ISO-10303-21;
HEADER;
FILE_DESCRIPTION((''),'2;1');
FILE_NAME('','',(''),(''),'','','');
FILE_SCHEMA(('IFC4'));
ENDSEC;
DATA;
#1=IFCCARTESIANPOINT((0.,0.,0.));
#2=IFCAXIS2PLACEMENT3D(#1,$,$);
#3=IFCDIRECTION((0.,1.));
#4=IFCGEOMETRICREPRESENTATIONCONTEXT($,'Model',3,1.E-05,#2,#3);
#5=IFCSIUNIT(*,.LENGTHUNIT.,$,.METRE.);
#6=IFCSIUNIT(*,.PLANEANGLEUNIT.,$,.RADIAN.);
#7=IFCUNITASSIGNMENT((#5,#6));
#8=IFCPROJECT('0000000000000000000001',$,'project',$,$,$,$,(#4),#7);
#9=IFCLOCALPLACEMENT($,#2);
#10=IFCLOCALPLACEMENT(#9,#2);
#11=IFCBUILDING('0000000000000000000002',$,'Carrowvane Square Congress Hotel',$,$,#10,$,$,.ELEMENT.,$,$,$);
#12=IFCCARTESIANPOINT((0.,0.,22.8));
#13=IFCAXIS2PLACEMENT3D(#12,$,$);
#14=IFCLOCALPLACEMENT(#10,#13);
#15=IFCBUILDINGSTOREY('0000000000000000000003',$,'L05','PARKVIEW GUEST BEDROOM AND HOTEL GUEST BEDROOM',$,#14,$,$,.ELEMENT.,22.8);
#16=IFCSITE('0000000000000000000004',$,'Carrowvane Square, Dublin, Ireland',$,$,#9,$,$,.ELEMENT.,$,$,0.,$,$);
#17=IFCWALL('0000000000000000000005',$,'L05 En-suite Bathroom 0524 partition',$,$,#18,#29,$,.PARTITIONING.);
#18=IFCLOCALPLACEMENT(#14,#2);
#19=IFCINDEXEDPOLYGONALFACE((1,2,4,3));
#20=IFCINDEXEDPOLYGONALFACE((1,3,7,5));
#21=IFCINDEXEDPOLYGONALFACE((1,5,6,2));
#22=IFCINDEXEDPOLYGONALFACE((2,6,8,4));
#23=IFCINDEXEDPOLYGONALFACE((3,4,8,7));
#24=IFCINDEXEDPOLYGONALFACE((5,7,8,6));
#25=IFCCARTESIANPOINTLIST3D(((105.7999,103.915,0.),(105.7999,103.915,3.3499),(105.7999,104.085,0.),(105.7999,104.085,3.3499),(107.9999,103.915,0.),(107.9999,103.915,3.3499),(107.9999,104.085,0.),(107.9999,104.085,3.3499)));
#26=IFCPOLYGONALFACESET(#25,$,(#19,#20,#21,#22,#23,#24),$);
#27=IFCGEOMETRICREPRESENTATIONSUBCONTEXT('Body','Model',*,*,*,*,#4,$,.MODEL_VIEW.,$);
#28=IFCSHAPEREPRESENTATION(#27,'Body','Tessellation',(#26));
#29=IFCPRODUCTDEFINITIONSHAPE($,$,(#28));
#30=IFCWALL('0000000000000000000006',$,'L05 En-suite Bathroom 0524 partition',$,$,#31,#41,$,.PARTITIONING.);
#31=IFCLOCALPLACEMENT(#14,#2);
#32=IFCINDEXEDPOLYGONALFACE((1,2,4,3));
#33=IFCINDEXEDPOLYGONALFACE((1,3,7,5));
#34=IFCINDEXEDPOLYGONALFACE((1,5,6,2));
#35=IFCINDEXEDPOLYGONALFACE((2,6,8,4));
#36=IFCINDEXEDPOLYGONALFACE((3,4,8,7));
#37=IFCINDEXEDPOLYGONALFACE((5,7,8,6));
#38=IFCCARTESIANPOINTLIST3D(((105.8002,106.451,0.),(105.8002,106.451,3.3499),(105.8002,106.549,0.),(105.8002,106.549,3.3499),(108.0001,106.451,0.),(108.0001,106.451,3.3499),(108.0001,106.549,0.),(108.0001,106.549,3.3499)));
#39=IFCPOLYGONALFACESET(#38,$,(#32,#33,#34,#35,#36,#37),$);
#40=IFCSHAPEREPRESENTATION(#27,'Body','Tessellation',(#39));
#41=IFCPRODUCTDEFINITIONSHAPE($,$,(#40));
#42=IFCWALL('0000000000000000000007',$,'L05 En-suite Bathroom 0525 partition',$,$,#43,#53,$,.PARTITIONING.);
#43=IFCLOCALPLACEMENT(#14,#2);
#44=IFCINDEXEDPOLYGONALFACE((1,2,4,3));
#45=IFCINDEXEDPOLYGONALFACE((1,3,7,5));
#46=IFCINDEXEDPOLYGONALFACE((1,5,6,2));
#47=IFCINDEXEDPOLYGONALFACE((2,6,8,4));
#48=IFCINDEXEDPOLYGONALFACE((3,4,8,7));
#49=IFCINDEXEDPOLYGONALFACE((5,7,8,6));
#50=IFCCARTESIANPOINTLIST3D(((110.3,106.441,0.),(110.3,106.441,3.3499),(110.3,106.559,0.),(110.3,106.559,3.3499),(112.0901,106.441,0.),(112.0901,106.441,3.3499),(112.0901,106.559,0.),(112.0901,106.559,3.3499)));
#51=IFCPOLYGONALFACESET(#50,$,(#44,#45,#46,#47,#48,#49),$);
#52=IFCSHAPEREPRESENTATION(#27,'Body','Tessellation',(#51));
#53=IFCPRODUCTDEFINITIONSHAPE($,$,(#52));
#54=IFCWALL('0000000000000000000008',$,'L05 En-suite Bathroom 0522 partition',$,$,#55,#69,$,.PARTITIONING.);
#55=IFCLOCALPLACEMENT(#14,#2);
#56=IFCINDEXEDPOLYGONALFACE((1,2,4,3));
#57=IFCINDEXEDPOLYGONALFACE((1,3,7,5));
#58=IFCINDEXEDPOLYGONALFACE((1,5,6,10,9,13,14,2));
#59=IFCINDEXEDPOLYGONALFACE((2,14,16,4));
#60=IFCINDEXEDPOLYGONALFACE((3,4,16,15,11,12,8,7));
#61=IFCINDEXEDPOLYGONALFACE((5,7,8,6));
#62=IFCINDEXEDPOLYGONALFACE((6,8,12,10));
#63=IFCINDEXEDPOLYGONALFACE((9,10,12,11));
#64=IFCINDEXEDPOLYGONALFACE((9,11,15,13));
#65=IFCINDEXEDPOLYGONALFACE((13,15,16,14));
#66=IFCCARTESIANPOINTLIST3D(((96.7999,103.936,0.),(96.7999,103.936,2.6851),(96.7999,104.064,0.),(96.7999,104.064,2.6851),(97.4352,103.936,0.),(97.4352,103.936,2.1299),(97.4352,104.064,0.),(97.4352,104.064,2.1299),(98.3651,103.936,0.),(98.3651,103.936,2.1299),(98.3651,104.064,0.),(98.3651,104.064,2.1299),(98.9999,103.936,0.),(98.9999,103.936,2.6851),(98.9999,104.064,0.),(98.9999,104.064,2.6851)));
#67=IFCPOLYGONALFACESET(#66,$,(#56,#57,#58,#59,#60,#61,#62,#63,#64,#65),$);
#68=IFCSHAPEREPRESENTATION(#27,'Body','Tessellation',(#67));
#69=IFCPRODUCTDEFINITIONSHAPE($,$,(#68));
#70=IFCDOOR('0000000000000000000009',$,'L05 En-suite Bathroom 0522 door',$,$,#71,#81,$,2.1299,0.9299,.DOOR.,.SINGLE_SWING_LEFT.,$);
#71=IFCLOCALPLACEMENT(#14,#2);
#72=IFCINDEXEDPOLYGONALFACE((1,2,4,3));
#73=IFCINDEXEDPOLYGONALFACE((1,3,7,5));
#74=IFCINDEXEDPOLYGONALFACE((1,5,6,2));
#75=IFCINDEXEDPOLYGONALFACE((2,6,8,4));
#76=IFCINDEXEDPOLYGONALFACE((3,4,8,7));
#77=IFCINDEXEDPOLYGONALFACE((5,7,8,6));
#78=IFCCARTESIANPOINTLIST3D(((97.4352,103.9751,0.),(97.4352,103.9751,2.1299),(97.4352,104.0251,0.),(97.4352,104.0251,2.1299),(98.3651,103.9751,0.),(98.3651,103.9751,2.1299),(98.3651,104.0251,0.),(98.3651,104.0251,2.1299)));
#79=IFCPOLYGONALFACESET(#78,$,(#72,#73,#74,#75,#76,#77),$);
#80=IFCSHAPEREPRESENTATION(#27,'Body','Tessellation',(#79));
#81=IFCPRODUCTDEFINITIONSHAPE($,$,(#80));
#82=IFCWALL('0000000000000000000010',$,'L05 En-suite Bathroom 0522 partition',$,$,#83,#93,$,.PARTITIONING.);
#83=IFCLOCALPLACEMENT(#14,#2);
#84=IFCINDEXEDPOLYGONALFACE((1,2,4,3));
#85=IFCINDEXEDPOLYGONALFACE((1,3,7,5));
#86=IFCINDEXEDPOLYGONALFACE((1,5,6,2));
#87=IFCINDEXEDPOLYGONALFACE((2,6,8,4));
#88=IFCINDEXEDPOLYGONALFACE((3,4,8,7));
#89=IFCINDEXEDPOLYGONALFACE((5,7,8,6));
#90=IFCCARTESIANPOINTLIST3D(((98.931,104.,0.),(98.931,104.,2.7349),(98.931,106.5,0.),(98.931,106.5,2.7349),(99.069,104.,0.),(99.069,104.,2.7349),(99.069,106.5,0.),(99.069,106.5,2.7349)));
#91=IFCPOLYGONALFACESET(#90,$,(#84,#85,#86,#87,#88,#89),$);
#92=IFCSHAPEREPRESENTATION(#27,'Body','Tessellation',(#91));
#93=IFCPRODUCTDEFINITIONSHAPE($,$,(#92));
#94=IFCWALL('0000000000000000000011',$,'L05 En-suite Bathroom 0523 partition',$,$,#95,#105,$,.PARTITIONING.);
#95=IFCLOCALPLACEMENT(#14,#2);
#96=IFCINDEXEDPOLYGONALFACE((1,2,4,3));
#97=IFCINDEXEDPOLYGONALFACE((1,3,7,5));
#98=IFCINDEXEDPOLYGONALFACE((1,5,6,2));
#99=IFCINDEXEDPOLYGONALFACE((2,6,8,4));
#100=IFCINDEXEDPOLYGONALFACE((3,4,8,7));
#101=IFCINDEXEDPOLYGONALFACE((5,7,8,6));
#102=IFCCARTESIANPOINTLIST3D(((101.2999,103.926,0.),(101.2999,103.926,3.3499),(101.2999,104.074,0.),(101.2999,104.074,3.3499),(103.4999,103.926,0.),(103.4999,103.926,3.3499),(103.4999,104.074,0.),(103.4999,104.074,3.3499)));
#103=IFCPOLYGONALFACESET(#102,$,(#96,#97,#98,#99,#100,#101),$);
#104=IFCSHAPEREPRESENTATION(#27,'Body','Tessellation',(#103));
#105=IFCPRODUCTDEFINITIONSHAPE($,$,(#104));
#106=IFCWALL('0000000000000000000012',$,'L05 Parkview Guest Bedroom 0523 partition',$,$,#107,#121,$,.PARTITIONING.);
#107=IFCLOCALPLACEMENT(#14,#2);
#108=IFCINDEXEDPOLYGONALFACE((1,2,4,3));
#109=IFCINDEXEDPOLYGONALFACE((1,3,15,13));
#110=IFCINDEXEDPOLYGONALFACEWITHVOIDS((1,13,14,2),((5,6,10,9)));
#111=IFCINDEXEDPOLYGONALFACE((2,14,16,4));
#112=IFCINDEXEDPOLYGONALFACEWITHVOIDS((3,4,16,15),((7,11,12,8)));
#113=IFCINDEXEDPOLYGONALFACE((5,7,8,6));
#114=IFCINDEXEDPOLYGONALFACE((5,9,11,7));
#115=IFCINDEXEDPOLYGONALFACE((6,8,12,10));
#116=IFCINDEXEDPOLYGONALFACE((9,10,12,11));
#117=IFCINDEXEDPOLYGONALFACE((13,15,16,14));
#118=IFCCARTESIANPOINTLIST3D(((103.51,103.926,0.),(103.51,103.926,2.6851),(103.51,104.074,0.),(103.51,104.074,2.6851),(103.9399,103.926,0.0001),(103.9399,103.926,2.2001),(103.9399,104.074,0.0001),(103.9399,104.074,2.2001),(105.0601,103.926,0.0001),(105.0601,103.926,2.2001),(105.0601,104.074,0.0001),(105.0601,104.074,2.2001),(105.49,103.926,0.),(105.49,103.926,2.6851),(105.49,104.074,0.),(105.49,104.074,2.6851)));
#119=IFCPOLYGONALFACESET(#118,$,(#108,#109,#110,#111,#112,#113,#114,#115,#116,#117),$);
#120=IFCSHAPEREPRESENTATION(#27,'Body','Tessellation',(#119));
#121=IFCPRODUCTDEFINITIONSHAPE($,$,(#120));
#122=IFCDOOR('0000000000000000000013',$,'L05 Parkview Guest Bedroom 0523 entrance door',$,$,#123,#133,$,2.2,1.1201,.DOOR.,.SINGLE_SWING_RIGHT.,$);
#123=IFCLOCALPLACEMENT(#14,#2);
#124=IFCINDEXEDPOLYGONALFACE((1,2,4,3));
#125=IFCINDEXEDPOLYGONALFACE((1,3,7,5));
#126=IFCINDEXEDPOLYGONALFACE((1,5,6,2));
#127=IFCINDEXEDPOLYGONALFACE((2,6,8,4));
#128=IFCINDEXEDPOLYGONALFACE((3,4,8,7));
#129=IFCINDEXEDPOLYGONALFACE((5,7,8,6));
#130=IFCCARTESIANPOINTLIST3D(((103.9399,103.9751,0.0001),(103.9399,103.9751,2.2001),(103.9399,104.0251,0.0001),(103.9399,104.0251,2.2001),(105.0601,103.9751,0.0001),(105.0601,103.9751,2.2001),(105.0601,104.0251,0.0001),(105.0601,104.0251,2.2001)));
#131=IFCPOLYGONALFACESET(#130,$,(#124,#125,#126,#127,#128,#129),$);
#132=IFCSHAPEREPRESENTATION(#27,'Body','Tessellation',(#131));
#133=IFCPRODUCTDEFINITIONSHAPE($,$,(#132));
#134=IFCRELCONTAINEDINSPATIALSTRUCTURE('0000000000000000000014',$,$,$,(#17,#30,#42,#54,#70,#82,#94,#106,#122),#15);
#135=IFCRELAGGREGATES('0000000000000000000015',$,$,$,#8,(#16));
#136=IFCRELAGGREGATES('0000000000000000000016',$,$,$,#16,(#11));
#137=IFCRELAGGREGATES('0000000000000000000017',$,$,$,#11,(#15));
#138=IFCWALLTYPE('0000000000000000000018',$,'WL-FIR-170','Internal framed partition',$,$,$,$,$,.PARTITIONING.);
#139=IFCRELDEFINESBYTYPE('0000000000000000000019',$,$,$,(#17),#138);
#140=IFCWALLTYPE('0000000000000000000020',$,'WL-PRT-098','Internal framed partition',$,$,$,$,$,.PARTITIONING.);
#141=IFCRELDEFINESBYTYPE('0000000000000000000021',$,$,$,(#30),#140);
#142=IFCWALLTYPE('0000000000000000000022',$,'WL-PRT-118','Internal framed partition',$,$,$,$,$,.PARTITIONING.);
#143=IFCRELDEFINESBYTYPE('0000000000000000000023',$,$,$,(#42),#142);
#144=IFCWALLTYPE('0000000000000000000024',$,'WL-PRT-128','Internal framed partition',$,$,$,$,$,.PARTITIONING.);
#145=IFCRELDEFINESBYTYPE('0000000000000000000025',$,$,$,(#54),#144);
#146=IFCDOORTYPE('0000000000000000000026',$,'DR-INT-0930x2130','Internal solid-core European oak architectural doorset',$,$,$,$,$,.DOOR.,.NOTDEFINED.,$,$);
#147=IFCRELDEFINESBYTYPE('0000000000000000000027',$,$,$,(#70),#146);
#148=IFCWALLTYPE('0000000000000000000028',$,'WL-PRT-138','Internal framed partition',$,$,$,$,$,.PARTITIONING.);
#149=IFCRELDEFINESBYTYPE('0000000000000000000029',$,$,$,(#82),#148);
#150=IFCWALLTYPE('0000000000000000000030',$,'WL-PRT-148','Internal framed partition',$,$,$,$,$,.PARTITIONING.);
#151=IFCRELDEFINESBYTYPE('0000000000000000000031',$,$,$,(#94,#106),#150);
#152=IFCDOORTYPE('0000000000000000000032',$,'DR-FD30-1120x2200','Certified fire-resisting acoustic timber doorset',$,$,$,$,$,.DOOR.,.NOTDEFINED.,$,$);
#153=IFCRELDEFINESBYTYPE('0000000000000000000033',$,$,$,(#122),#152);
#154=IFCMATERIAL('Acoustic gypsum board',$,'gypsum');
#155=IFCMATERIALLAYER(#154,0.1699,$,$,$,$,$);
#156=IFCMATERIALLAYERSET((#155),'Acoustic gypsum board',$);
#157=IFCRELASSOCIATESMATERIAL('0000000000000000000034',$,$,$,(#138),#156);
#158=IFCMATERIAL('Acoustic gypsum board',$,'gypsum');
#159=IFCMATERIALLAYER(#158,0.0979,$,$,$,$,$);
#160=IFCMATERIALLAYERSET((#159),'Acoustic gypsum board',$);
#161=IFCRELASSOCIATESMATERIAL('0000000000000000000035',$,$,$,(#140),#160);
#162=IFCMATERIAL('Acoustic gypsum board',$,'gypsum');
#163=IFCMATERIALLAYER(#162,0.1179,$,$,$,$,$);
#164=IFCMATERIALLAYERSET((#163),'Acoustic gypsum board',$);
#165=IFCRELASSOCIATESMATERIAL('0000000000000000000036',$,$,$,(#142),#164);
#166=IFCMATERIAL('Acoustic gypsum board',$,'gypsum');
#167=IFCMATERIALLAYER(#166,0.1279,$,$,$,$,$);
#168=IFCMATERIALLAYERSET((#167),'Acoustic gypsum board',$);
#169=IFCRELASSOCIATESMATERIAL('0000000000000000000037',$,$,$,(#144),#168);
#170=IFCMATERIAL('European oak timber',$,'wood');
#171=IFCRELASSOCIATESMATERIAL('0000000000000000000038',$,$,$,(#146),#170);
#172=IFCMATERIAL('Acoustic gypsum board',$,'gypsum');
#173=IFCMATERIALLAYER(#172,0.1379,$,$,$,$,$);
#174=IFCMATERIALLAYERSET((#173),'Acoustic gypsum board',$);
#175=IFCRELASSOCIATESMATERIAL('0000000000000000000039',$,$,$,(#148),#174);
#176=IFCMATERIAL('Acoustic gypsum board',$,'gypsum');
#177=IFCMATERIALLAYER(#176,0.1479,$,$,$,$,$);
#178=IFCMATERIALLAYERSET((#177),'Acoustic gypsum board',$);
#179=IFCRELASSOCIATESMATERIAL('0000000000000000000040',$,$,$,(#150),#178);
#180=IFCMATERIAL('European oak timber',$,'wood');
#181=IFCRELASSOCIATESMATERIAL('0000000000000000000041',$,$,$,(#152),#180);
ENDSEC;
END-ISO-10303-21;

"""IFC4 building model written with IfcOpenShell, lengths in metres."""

from ifc_helpers import new_model, si_unit, direction, frame, frame_2d, origin, place, context, subcontext, project, spatial, rectangle, extrude, material, layer, layer_set, type_object, element, fill, save


model = new_model("IFC4")

# Units and contexts
model_context = context("Model", 3, precision=1e-05, world=origin(), true_north=direction((0.0, 1.0)))
body_context = subcontext(model_context, "Body", "Model", "MODEL_VIEW")
ifc_project = project(units=[si_unit("LENGTHUNIT", "METRE"), si_unit("PLANEANGLEUNIT", "RADIAN")], contexts=[model_context])

# Site, building, storey
site_placement = place(None, origin())
site = spatial("IfcSite", under=ifc_project, at=site_placement, Name="Carrowvane Square, Dublin, Ireland", CompositionType="ELEMENT", RefElevation=0.0)
building_placement = place(site_placement, origin())
building = spatial("IfcBuilding", under=site, at=building_placement, Name="Carrowvane Square Congress Hotel", CompositionType="ELEMENT")
storey_placement = place(building_placement, frame((0.0, 0.0, 22.8)))
storey = spatial("IfcBuildingStorey", under=building, at=storey_placement, Name="L05", Description="PARKVIEW GUEST BEDROOM AND HOTEL GUEST BEDROOM", CompositionType="ELEMENT", Elevation=22.8)

# Shared definitions
ifc_material_1 = material(Name="Acoustic gypsum board", Category="gypsum")
ifc_layer_1 = layer(ifc_material_1, 0.1699)
ifc_layer_set_1 = layer_set([ifc_layer_1], Name="Acoustic gypsum board")
wall_type_1 = type_object("IfcWallType", Name="WL-FIR-170", Description="Internal framed partition", PredefinedType="PARTITIONING", material=ifc_layer_set_1)

# Wall
wall_1_placement = place(storey_placement, frame((108.0, 104.0, 0.0), z_axis=(0.0, 0.0, 1.0), x_axis=(-1.0, 0.0, 0.0)))
element("IfcWall", 1, at=wall_1_placement, inside=storey, type_object=wall_type_1, Name="L05 En-suite Bathroom 0524 partition", PredefinedType="PARTITIONING", context=body_context, shape_type="SweptSolid", body=[
    extrude(rectangle(XDim=2.2, YDim=0.1699, at=frame_2d((1.1001, 0.0))), origin(), (0.0, 0.0, 1.0), 3.3499),
])

# Walls
ifc_material_2 = material(Name="Acoustic gypsum board", Category="gypsum")
ifc_layer_2 = layer(ifc_material_2, 0.0979)
ifc_layer_set_2 = layer_set([ifc_layer_2], Name="Acoustic gypsum board")
wall_type_2 = type_object("IfcWallType", Name="WL-PRT-098", Description="Internal framed partition", PredefinedType="PARTITIONING", material=ifc_layer_set_2)
wall_2_placement = place(storey_placement, frame((105.8, 106.5, 0.0), z_axis=(0.0, 0.0, 1.0), x_axis=(1.0, 0.0, 0.0)))
element("IfcWall", 2, at=wall_2_placement, inside=storey, type_object=wall_type_2, Name="L05 En-suite Bathroom 0524 partition", PredefinedType="PARTITIONING", context=body_context, shape_type="SweptSolid", body=[
    extrude(rectangle(XDim=2.2, YDim=0.0979, at=frame_2d((1.1001, 0.0))), origin(), (0.0, 0.0, 1.0), 3.3499),
])
ifc_material_3 = material(Name="Acoustic gypsum board", Category="gypsum")
ifc_layer_3 = layer(ifc_material_3, 0.1179)
ifc_layer_set_3 = layer_set([ifc_layer_3], Name="Acoustic gypsum board")
wall_type_3 = type_object("IfcWallType", Name="WL-PRT-118", Description="Internal framed partition", PredefinedType="PARTITIONING", material=ifc_layer_set_3)
wall_3_placement = place(storey_placement, frame((110.3, 106.5, 0.0), z_axis=(0.0, 0.0, 1.0), x_axis=(1.0, 0.0, 0.0)))
element("IfcWall", 3, at=wall_3_placement, inside=storey, type_object=wall_type_3, Name="L05 En-suite Bathroom 0525 partition", PredefinedType="PARTITIONING", context=body_context, shape_type="SweptSolid", body=[
    extrude(rectangle(XDim=1.79, YDim=0.1179, at=frame_2d((0.895, 0.0))), origin(), (0.0, 0.0, 1.0), 3.3499),
])

# Wall, opening, door
ifc_material_4 = material(Name="Acoustic gypsum board", Category="gypsum")
ifc_layer_4 = layer(ifc_material_4, 0.1279)
ifc_layer_set_4 = layer_set([ifc_layer_4], Name="Acoustic gypsum board")
wall_type_4 = type_object("IfcWallType", Name="WL-PRT-128", Description="Internal framed partition", PredefinedType="PARTITIONING", material=ifc_layer_set_4)
wall_4_placement = place(storey_placement, frame((99.0, 104.0, 0.0), z_axis=(0.0, 0.0, 1.0), x_axis=(-1.0, 0.0, 0.0)))
wall_4 = element("IfcWall", 4, at=wall_4_placement, inside=storey, type_object=wall_type_4, Name="L05 En-suite Bathroom 0522 partition", PredefinedType="PARTITIONING", context=body_context, shape_type="SweptSolid", body=[
    extrude(rectangle(XDim=2.2, YDim=0.1279, at=frame_2d((1.1001, 0.0))), origin(), (0.0, 0.0, 1.0), 2.6851),
])
opening_1_placement = place(wall_4_placement, frame((0.635, 0.0, 0.0)))
opening_1 = element("IfcOpeningElement", 5, at=opening_1_placement, cuts=wall_4, PredefinedType="OPENING", context=body_context, shape_type="SweptSolid", body=[
    extrude(rectangle(XDim=0.9299, YDim=2.1299, at=frame_2d((0.4648, 1.0649))), frame((0.0, 0.074, 0.0), z_axis=(0.0, -1.0, 0.0), x_axis=(1.0, 0.0, 0.0)), (0.0, 0.0, 1.0), 0.1479),
])
ifc_material_5 = material(Name="European oak timber", Category="wood")
door_type_1 = type_object("IfcDoorType", Name="DR-INT-0930x2130", Description="Internal solid-core European oak architectural doorset", OperationType="NOTDEFINED", PredefinedType="DOOR", material=ifc_material_5)
door_1_placement = place(opening_1_placement, origin())
door_1 = element("IfcDoor", 6, at=door_1_placement, inside=storey, type_object=door_type_1, Name="L05 En-suite Bathroom 0522 door", OperationType="SINGLE_SWING_LEFT", OverallHeight=2.1299, OverallWidth=0.9299, PredefinedType="DOOR", context=body_context, shape_type="SweptSolid", body=[
    extrude(rectangle(XDim=0.9299, YDim=2.1299, at=frame_2d((0.4648, 1.0649))), frame((0.0, 0.0249, 0.0), z_axis=(0.0, -1.0, 0.0), x_axis=(1.0, 0.0, 0.0)), (0.0, 0.0, 1.0), 0.05),
])
fill(opening_1, door_1)

# Walls
ifc_material_6 = material(Name="Acoustic gypsum board", Category="gypsum")
ifc_layer_5 = layer(ifc_material_6, 0.1379)
ifc_layer_set_5 = layer_set([ifc_layer_5], Name="Acoustic gypsum board")
wall_type_5 = type_object("IfcWallType", Name="WL-PRT-138", Description="Internal framed partition", PredefinedType="PARTITIONING", material=ifc_layer_set_5)
wall_5_placement = place(storey_placement, frame((99.0, 106.5, 0.0), z_axis=(0.0, 0.0, 1.0), x_axis=(0.0, -1.0, 0.0)))
element("IfcWall", 7, at=wall_5_placement, inside=storey, type_object=wall_type_5, Name="L05 En-suite Bathroom 0522 partition", PredefinedType="PARTITIONING", context=body_context, shape_type="SweptSolid", body=[
    extrude(rectangle(XDim=2.5, YDim=0.1379, at=frame_2d((1.25, 0.0))), origin(), (0.0, 0.0, 1.0), 2.7349),
])
ifc_material_7 = material(Name="Acoustic gypsum board", Category="gypsum")
ifc_layer_6 = layer(ifc_material_7, 0.1479)
ifc_layer_set_6 = layer_set([ifc_layer_6], Name="Acoustic gypsum board")
wall_type_6 = type_object("IfcWallType", Name="WL-PRT-148", Description="Internal framed partition", PredefinedType="PARTITIONING", material=ifc_layer_set_6)
wall_6_placement = place(storey_placement, frame((103.5, 104.0, 0.0), z_axis=(0.0, 0.0, 1.0), x_axis=(-1.0, 0.0, 0.0)))
element("IfcWall", 8, at=wall_6_placement, inside=storey, type_object=wall_type_6, Name="L05 En-suite Bathroom 0523 partition", PredefinedType="PARTITIONING", context=body_context, shape_type="SweptSolid", body=[
    extrude(rectangle(XDim=2.2, YDim=0.1479, at=frame_2d((1.1001, 0.0))), origin(), (0.0, 0.0, 1.0), 3.3499),
])

# Wall, opening, door
wall_7_placement = place(storey_placement, frame((105.49, 104.0, 0.0), z_axis=(0.0, 0.0, 1.0), x_axis=(-1.0, 0.0, 0.0)))
wall_7 = element("IfcWall", 9, at=wall_7_placement, inside=storey, type_object=wall_type_6, Name="L05 Parkview Guest Bedroom 0523 partition", PredefinedType="PARTITIONING", context=body_context, shape_type="SweptSolid", body=[
    extrude(rectangle(XDim=1.98, YDim=0.1479, at=frame_2d((0.99, 0.0))), origin(), (0.0, 0.0, 1.0), 2.6851),
])
opening_2_placement = place(wall_7_placement, frame((0.4299, 0.0, 0.0)))
opening_2 = element("IfcOpeningElement", 10, at=opening_2_placement, cuts=wall_7, PredefinedType="OPENING", context=body_context, shape_type="SweptSolid", body=[
    extrude(rectangle(XDim=1.1201, YDim=2.2, at=frame_2d((0.5601, 1.1001))), frame((0.0, 0.084, 0.0), z_axis=(0.0, -1.0, 0.0), x_axis=(1.0, 0.0, 0.0)), (0.0, 0.0, 1.0), 0.168),
])
ifc_material_8 = material(Name="European oak timber", Category="wood")
door_type_2 = type_object("IfcDoorType", Name="DR-FD30-1120x2200", Description="Certified fire-resisting acoustic timber doorset", OperationType="NOTDEFINED", PredefinedType="DOOR", material=ifc_material_8)
door_2_placement = place(opening_2_placement, origin())
door_2 = element("IfcDoor", 11, at=door_2_placement, inside=storey, type_object=door_type_2, Name="L05 Parkview Guest Bedroom 0523 entrance door", OperationType="SINGLE_SWING_RIGHT", OverallHeight=2.2, OverallWidth=1.1201, PredefinedType="DOOR", context=body_context, shape_type="SweptSolid", body=[
    extrude(rectangle(XDim=1.1201, YDim=2.2, at=frame_2d((0.5601, 1.1001))), frame((0.0, 0.0249, 0.0), z_axis=(0.0, -1.0, 0.0), x_axis=(1.0, 0.0, 0.0)), (0.0, 0.0, 1.0), 0.05),
])
fill(opening_2, door_2)

save(model, "model.ifc")
